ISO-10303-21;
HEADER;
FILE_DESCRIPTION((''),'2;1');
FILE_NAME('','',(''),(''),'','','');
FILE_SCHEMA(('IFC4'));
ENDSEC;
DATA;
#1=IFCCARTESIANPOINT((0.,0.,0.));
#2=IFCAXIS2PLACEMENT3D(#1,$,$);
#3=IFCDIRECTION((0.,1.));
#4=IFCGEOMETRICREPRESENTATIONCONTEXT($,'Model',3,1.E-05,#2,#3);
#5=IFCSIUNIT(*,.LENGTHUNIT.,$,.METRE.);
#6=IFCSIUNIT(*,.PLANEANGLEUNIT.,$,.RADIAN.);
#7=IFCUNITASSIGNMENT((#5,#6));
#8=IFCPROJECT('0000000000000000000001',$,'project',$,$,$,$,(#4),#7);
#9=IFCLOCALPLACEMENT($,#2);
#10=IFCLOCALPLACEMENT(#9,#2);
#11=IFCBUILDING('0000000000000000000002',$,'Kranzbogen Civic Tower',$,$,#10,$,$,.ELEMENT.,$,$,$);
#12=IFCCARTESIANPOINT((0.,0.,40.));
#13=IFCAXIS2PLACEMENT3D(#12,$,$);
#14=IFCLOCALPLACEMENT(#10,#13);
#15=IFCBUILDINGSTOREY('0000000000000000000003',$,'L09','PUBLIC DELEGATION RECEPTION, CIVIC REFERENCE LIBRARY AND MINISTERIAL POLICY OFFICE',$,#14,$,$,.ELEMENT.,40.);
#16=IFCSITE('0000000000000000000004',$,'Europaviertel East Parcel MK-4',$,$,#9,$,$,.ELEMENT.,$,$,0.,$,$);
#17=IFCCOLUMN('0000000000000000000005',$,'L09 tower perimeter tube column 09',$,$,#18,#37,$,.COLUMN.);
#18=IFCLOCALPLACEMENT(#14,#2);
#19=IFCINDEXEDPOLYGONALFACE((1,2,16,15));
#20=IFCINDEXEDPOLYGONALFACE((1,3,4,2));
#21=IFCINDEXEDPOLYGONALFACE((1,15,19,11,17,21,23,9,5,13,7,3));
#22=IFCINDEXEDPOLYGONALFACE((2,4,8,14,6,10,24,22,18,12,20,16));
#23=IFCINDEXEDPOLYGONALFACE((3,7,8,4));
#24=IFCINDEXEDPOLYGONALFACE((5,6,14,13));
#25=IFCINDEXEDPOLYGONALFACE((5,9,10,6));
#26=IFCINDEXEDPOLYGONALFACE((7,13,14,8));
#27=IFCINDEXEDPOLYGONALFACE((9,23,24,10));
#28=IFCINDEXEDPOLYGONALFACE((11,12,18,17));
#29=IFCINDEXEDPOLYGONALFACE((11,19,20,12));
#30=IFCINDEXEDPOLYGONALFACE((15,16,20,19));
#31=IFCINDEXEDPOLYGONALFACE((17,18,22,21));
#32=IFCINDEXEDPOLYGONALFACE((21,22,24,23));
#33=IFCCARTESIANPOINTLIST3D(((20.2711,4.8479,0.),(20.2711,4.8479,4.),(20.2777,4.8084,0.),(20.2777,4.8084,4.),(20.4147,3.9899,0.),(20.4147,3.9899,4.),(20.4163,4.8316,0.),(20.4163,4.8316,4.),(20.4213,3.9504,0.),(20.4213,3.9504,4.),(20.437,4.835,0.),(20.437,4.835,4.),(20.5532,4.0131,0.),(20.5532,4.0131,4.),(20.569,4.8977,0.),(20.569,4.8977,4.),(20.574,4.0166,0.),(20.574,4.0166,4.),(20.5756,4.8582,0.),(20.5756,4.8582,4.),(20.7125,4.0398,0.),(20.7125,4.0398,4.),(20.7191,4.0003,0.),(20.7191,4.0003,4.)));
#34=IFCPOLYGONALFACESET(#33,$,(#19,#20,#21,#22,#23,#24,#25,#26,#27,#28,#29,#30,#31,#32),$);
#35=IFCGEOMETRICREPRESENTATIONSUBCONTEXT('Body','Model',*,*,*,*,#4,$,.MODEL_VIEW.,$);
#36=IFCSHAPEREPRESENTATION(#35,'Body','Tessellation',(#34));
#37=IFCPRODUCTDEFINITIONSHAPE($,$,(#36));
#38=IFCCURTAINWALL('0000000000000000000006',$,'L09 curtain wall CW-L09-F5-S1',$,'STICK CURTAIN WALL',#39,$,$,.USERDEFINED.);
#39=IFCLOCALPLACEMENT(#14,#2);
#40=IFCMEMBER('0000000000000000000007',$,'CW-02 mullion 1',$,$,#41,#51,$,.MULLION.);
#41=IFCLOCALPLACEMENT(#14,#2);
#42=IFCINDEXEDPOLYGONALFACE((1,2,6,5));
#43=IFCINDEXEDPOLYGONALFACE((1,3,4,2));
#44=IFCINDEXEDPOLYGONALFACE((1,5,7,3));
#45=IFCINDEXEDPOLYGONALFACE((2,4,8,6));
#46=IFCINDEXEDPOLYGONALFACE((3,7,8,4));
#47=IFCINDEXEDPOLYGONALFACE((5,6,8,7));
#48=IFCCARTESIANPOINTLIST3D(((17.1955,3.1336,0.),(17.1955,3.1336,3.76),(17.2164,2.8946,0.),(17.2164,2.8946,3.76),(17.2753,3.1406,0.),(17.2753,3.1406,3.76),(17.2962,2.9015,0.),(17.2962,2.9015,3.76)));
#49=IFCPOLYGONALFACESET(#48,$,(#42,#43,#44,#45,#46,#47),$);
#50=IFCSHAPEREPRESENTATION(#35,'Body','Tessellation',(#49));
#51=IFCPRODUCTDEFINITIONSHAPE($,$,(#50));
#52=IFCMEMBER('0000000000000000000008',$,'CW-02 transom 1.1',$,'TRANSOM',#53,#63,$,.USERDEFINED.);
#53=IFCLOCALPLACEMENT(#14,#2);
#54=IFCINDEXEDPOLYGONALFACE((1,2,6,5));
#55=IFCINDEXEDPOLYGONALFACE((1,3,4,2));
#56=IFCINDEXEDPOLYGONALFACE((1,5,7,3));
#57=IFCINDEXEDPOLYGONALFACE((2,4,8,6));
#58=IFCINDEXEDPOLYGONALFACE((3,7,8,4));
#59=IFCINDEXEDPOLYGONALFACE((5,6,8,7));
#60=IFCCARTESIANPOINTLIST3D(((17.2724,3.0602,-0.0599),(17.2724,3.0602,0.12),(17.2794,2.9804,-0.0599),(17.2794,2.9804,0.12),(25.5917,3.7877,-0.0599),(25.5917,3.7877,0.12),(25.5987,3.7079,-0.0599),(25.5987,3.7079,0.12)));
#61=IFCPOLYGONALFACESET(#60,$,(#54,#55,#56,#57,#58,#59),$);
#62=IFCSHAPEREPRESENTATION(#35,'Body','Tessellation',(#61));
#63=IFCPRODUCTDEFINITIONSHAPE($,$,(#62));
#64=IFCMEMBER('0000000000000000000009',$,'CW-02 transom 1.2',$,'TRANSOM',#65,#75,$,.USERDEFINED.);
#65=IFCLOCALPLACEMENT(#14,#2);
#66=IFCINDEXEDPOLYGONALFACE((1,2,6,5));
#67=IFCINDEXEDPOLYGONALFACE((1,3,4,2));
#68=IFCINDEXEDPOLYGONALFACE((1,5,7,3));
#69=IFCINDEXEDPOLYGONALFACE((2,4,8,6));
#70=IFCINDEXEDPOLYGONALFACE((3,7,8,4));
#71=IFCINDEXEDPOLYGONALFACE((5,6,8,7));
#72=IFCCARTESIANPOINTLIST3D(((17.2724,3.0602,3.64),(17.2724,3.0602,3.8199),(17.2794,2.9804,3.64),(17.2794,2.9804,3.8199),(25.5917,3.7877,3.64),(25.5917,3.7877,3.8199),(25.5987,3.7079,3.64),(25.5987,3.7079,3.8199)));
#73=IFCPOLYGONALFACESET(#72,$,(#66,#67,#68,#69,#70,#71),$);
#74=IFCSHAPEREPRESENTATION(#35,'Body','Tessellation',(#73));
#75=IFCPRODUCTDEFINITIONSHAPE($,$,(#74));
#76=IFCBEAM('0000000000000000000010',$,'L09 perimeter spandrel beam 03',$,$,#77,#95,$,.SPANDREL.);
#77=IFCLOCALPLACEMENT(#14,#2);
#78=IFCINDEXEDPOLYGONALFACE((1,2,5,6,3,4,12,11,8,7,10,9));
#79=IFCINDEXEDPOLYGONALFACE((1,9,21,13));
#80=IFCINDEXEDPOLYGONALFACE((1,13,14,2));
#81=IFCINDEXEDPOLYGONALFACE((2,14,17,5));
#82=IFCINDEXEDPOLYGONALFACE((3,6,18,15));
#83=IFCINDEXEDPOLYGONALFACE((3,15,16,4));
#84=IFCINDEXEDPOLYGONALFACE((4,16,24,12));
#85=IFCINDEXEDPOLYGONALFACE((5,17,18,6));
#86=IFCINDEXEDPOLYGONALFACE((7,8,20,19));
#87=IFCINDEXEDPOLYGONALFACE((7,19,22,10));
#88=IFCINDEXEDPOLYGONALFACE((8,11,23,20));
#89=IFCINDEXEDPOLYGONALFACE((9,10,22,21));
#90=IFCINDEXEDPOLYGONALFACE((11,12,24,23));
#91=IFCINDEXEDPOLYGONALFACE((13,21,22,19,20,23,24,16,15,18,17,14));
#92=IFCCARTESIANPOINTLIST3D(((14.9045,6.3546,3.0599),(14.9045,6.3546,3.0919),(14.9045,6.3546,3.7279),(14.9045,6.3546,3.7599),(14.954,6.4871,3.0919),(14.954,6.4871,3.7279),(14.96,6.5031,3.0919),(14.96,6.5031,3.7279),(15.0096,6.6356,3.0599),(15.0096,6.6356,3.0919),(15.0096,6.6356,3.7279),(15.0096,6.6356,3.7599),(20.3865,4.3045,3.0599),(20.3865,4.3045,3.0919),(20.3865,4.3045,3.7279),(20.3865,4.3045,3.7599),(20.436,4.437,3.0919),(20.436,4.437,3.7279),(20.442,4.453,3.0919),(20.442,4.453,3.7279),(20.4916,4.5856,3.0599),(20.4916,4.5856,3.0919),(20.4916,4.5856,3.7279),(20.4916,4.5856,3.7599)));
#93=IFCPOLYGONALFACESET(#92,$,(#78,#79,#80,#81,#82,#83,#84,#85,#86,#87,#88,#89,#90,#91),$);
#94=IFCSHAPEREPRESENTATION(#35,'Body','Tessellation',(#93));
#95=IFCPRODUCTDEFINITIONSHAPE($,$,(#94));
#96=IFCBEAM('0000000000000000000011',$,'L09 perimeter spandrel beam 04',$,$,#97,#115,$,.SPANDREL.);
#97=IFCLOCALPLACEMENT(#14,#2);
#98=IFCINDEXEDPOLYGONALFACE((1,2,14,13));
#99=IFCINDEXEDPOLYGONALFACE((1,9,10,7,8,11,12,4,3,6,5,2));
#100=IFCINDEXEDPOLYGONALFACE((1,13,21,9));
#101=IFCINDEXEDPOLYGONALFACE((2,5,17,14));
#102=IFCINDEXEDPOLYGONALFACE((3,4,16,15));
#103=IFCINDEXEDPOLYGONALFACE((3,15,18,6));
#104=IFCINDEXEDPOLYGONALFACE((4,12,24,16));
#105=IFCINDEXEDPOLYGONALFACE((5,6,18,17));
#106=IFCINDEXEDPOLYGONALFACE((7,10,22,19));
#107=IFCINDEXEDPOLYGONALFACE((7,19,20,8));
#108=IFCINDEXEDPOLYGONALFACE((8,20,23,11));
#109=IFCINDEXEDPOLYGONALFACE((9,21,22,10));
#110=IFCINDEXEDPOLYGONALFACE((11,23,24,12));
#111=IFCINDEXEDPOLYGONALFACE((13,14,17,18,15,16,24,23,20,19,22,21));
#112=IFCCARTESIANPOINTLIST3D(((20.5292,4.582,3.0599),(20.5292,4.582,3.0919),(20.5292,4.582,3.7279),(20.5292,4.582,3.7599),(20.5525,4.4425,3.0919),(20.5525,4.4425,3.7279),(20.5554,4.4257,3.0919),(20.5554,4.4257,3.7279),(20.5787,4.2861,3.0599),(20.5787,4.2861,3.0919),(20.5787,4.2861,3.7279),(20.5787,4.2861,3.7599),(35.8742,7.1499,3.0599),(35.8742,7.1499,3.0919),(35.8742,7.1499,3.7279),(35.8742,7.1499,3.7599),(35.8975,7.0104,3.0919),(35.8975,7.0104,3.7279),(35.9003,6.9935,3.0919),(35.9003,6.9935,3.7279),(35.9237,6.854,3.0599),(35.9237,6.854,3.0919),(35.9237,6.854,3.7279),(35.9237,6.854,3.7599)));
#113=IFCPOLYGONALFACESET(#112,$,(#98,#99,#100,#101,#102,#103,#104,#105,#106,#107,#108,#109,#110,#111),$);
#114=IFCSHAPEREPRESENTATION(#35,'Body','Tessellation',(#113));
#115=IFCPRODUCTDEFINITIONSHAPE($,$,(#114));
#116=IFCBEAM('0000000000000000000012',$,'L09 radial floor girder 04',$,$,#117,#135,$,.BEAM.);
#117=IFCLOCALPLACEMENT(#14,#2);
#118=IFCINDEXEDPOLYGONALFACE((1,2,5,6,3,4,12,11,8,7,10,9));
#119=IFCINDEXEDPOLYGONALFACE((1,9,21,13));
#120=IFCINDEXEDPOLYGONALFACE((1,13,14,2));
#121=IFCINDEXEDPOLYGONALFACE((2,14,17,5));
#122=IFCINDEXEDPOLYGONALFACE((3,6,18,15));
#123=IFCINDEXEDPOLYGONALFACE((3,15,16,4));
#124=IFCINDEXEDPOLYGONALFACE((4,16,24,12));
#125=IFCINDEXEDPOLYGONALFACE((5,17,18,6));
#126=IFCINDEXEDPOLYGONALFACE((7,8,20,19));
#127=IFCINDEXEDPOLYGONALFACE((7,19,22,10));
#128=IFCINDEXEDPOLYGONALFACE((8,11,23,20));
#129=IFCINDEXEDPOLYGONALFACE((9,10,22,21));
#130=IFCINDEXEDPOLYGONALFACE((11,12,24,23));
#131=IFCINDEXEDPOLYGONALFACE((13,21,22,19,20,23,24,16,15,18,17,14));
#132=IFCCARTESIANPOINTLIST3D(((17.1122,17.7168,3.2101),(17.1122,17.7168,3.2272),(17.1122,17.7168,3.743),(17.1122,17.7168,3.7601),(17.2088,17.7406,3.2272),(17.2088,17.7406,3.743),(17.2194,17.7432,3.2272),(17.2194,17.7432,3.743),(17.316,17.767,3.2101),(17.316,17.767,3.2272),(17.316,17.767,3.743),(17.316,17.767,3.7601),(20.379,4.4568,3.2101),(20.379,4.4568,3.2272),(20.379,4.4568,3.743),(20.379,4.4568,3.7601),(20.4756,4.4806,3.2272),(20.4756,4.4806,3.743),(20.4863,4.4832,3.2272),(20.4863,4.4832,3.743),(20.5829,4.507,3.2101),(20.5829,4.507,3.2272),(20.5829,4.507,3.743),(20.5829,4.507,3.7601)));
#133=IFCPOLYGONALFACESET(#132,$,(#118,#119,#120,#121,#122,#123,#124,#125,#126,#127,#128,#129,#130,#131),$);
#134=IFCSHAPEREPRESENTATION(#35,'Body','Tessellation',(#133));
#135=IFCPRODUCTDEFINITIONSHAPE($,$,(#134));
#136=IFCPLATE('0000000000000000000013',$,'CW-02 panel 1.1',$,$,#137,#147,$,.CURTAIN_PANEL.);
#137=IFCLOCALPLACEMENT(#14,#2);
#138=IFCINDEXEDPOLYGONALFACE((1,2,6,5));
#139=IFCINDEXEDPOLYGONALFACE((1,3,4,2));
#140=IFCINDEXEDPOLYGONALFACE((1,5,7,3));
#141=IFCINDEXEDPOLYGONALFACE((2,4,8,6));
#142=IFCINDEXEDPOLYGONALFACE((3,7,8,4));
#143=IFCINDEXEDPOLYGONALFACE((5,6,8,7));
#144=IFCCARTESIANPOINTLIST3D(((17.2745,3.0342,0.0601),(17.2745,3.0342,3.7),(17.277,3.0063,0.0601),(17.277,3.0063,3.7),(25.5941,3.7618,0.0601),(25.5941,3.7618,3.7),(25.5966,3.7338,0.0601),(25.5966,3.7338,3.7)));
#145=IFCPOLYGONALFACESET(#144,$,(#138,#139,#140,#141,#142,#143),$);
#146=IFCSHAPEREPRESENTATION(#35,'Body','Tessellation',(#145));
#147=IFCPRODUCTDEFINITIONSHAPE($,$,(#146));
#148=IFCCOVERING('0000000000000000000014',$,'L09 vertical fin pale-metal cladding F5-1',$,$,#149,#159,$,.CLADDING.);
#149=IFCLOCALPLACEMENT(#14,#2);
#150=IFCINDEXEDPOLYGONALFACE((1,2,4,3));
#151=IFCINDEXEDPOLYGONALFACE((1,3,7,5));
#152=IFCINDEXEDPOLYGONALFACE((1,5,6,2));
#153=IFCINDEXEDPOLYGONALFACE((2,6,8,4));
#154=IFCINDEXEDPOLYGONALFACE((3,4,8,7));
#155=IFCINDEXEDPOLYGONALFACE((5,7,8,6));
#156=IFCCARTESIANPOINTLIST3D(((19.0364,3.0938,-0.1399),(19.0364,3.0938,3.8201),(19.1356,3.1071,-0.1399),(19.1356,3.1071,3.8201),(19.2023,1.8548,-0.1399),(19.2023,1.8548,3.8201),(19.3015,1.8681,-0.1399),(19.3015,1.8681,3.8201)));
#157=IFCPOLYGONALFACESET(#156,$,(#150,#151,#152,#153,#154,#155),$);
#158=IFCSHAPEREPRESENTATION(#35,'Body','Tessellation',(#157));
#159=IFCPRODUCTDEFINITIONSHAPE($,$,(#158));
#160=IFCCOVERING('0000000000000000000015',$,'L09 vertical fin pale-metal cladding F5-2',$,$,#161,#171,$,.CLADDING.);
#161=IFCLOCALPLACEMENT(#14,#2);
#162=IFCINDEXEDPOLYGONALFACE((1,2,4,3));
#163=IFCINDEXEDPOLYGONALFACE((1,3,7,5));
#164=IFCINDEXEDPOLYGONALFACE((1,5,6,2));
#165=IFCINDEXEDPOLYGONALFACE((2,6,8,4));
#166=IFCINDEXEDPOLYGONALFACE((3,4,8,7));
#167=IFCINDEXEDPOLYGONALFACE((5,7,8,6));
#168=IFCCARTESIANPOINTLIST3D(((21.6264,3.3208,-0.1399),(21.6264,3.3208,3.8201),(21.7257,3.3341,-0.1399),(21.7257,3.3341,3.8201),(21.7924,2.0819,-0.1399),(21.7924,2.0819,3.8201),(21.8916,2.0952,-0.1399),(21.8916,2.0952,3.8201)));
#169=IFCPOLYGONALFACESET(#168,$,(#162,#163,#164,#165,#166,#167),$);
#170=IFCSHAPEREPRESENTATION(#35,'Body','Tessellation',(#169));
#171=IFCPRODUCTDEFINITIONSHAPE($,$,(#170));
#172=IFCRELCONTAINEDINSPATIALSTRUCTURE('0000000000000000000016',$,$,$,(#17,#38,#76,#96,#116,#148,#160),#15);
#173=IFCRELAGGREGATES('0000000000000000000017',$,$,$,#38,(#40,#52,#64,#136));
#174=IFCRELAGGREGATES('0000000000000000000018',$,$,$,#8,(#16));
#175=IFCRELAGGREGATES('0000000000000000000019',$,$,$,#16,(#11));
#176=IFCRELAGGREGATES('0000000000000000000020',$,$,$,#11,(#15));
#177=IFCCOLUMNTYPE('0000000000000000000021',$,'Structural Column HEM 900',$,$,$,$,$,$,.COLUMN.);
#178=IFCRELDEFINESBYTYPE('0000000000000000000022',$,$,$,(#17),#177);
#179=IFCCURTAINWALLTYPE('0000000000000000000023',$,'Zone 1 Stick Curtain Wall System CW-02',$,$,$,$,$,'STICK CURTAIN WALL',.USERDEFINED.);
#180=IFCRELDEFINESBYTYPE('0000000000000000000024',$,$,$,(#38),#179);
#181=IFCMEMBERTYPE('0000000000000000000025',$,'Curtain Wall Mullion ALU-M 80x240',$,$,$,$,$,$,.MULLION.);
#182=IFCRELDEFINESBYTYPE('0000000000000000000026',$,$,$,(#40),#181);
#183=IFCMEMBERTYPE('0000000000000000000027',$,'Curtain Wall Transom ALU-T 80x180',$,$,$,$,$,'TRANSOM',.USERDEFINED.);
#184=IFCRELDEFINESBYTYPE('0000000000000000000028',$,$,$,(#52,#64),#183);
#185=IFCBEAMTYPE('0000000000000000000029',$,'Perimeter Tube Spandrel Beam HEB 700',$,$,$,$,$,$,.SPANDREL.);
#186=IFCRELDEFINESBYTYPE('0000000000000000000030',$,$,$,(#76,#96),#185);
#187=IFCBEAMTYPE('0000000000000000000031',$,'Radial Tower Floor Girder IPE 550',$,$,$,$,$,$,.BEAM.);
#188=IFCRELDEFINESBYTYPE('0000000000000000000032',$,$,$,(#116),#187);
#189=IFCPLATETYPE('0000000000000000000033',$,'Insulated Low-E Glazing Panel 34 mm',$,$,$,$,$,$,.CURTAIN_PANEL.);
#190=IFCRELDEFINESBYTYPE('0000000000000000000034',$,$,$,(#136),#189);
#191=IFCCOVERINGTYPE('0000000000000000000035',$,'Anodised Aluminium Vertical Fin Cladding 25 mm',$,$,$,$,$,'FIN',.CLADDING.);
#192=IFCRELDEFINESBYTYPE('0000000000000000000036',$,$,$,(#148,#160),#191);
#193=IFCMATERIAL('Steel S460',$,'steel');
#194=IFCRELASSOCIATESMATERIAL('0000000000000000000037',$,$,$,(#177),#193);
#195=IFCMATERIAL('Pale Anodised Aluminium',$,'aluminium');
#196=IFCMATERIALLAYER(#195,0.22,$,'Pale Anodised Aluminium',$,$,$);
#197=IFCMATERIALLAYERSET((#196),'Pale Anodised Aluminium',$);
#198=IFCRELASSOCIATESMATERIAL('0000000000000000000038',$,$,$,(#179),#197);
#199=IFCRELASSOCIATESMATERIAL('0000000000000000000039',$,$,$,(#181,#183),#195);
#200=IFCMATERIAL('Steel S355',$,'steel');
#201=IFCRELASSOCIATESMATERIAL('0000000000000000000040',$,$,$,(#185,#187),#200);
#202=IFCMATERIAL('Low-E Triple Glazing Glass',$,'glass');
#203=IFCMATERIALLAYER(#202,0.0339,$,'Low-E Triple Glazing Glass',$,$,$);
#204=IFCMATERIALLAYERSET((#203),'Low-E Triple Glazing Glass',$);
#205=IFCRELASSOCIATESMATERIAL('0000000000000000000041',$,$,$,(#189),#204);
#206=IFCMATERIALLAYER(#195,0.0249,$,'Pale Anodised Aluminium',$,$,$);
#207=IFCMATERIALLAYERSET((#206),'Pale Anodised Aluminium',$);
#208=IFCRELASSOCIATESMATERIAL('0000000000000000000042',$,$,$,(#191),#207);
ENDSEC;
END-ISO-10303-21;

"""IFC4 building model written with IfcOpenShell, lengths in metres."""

from ifc_helpers import new_model, si_unit, direction, frame, origin, origin_2d, place, context, subcontext, project, spatial, rectangle, i_section, extrude, material, layer, layer_set, material_profile, profile_set, type_object, element, aggregate, save


model = new_model("IFC4")

# Units and contexts
model_context = context("Model", 3, precision=1e-05, world=origin(), true_north=direction((0.0, 1.0)))
body_context = subcontext(model_context, "Body", "Model", "MODEL_VIEW")
ifc_project = project(units=[si_unit("LENGTHUNIT", "METRE"), si_unit("PLANEANGLEUNIT", "RADIAN")], contexts=[model_context])

# Site, building, storey
site_placement = place(None, origin())
site = spatial("IfcSite", under=ifc_project, at=site_placement, Name="Europaviertel East Parcel MK-4", CompositionType="ELEMENT", RefElevation=0.0)
building_placement = place(site_placement, origin())
building = spatial("IfcBuilding", under=site, at=building_placement, Name="Kranzbogen Civic Tower", CompositionType="ELEMENT")
storey_placement = place(building_placement, frame((0.0, 0.0, 40.0)))
storey = spatial("IfcBuildingStorey", under=building, at=storey_placement, Name="L09", Description="PUBLIC DELEGATION RECEPTION, CIVIC REFERENCE LIBRARY AND MINISTERIAL POLICY OFFICE", CompositionType="ELEMENT", Elevation=40.0)

# Column
ifc_material_1 = material(Name="Steel S460", Category="steel")
ifc_material_profile_1 = material_profile(ifc_material_1, i_section(OverallWidth=0.302, OverallDepth=0.9099, WebThickness=0.021, FlangeThickness=0.04, at=origin_2d()), Name="HEM 900")
ifc_profile_set_1 = profile_set([ifc_material_profile_1], Name="Steel S460")
column_type = type_object("IfcColumnType", Name="Structural Column HEM 900", PredefinedType="COLUMN", material=ifc_profile_set_1)
column_placement = place(storey_placement, frame((20.4951, 4.4241, 0.0), z_axis=(0.0, 0.0, 1.0), x_axis=(0.986286, 0.165048, 0.0)))
element("IfcColumn", 1, at=column_placement, inside=storey, type_object=column_type, Name="L09 tower perimeter tube column 09", PredefinedType="COLUMN", context=body_context, shape_type="SweptSolid", body=[
    extrude(i_section(OverallWidth=0.302, OverallDepth=0.9099, WebThickness=0.021, FlangeThickness=0.04, at=origin_2d()), origin(), (0.0, 0.0, 1.0), 4.0),
])

# Curtain wall, members
ifc_material_2 = material(Name="Pale Anodised Aluminium", Category="aluminium")
ifc_layer_1 = layer(ifc_material_2, 0.22, Name="Pale Anodised Aluminium")
ifc_layer_set_1 = layer_set([ifc_layer_1], Name="Pale Anodised Aluminium")
curtain_wall_type = type_object("IfcCurtainWallType", Name="Zone 1 Stick Curtain Wall System CW-02", ElementType="STICK CURTAIN WALL", PredefinedType="USERDEFINED", material=ifc_layer_set_1)
curtain_wall_placement = place(storey_placement, origin())
curtain_wall = element("IfcCurtainWall", 2, at=curtain_wall_placement, inside=storey, type_object=curtain_wall_type, Name="L09 curtain wall CW-L09-F5-S1", ObjectType="STICK CURTAIN WALL", PredefinedType="USERDEFINED")
ifc_material_profile_2 = material_profile(ifc_material_2, rectangle(XDim=0.0801, YDim=0.24, at=origin_2d()), Name="ALU-M 80x240")
ifc_profile_set_2 = profile_set([ifc_material_profile_2], Name="Pale Anodised Aluminium")
member_type_1 = type_object("IfcMemberType", Name="Curtain Wall Mullion ALU-M 80x240", PredefinedType="MULLION", material=ifc_profile_set_2)
member_1_placement = place(storey_placement, frame((17.2458, 3.0176, 0.0), z_axis=(0.0, 0.0, 1.0), x_axis=(0.996198, 0.087119, 0.0)))
member_1 = element("IfcMember", 3, at=member_1_placement, type_object=member_type_1, Name="CW-02 mullion 1", PredefinedType="MULLION", context=body_context, shape_type="SweptSolid", body=[
    extrude(rectangle(XDim=0.0801, YDim=0.24, at=origin_2d()), origin(), (0.0, 0.0, 1.0), 3.76),
])
ifc_material_profile_3 = material_profile(ifc_material_2, rectangle(XDim=0.0801, YDim=0.1799, at=origin_2d()), Name="ALU-T 80x180")
ifc_profile_set_3 = profile_set([ifc_material_profile_3], Name="Pale Anodised Aluminium")
member_type_2 = type_object("IfcMemberType", Name="Curtain Wall Transom ALU-T 80x180", ElementType="TRANSOM", PredefinedType="USERDEFINED", material=ifc_profile_set_3)
member_2_placement = place(storey_placement, frame((17.2759, 3.0203, 0.03), z_axis=(0.996198, 0.087119, 0.0), x_axis=(-0.087119, 0.996198, 0.0)))
member_2 = element("IfcMember", 4, at=member_2_placement, type_object=member_type_2, Name="CW-02 transom 1.1", ObjectType="TRANSOM", PredefinedType="USERDEFINED", context=body_context, shape_type="SweptSolid", body=[
    extrude(rectangle(XDim=0.0801, YDim=0.1799, at=origin_2d()), origin(), (0.0, 0.0, 1.0), 8.3511),
])
member_3_placement = place(storey_placement, frame((17.2759, 3.0203, 3.73), z_axis=(0.996198, 0.087119, 0.0), x_axis=(-0.087119, 0.996198, 0.0)))
member_3 = element("IfcMember", 5, at=member_3_placement, type_object=member_type_2, Name="CW-02 transom 1.2", ObjectType="TRANSOM", PredefinedType="USERDEFINED", context=body_context, shape_type="SweptSolid", body=[
    extrude(rectangle(XDim=0.0801, YDim=0.1799, at=origin_2d()), origin(), (0.0, 0.0, 1.0), 8.3511),
])

# Beams
ifc_material_3 = material(Name="Steel S355", Category="steel")
ifc_material_profile_4 = material_profile(ifc_material_3, i_section(OverallWidth=0.3, OverallDepth=0.7, WebThickness=0.0171, FlangeThickness=0.032, at=origin_2d()), Name="HEB 700")
ifc_profile_set_4 = profile_set([ifc_material_profile_4], Name="Steel S355")
beam_type_1 = type_object("IfcBeamType", Name="Perimeter Tube Spandrel Beam HEB 700", PredefinedType="SPANDREL", material=ifc_profile_set_4)
beam_1_placement = place(storey_placement, frame((14.957, 6.4951, 3.4099), z_axis=(0.936648, -0.350273, 0.0), x_axis=(0.350273, 0.936648, 0.0)))
element("IfcBeam", 6, at=beam_1_placement, inside=storey, type_object=beam_type_1, Name="L09 perimeter spandrel beam 03", PredefinedType="SPANDREL", context=body_context, shape_type="SweptSolid", body=[
    extrude(i_section(OverallWidth=0.3, OverallDepth=0.7, WebThickness=0.0171, FlangeThickness=0.032, at=origin_2d()), origin(), (0.0, 0.0, 1.0), 5.8528),
])
beam_2_placement = place(storey_placement, frame((20.554, 4.4341, 3.4099), z_axis=(0.986286, 0.165048, 0.0), x_axis=(-0.165048, 0.986286, 0.0)))
element("IfcBeam", 7, at=beam_2_placement, inside=storey, type_object=beam_type_1, Name="L09 perimeter spandrel beam 04", PredefinedType="SPANDREL", context=body_context, shape_type="SweptSolid", body=[
    extrude(i_section(OverallWidth=0.3, OverallDepth=0.7, WebThickness=0.0171, FlangeThickness=0.032, at=origin_2d()), origin(), (0.0, 0.0, 1.0), 15.5583),
])
ifc_material_profile_5 = material_profile(ifc_material_3, i_section(OverallWidth=0.21, OverallDepth=0.55, WebThickness=0.011, FlangeThickness=0.0171, at=origin_2d()), Name="IPE 550")
ifc_profile_set_5 = profile_set([ifc_material_profile_5], Name="Steel S355")
beam_type_2 = type_object("IfcBeamType", Name="Radial Tower Floor Girder IPE 550", PredefinedType="BEAM", material=ifc_profile_set_5)
beam_3_placement = place(storey_placement, frame((20.481, 4.4819, 3.4851), z_axis=(-0.239215, 0.970967, 0.0), x_axis=(-0.970967, -0.239215, 0.0)))
element("IfcBeam", 8, at=beam_3_placement, inside=storey, type_object=beam_type_2, Name="L09 radial floor girder 04", PredefinedType="BEAM", context=body_context, shape_type="SweptSolid", body=[
    extrude(i_section(OverallWidth=0.21, OverallDepth=0.55, WebThickness=0.011, FlangeThickness=0.0171, at=origin_2d()), origin(), (0.0, 0.0, 1.0), 13.6565),
])

# Plate
ifc_material_4 = material(Name="Low-E Triple Glazing Glass", Category="glass")
ifc_layer_2 = layer(ifc_material_4, 0.0339, Name="Low-E Triple Glazing Glass")
ifc_layer_set_2 = layer_set([ifc_layer_2], Name="Low-E Triple Glazing Glass")
plate_type = type_object("IfcPlateType", Name="Insulated Low-E Glazing Panel 34 mm", PredefinedType="CURTAIN_PANEL", material=ifc_layer_set_2)
plate_placement = place(storey_placement, frame((21.4355, 3.384, 0.0601), z_axis=(0.0, 0.0, 1.0), x_axis=(0.996198, 0.087119, 0.0)))
plate = element("IfcPlate", 9, at=plate_placement, type_object=plate_type, Name="CW-02 panel 1.1", PredefinedType="CURTAIN_PANEL", context=body_context, shape_type="SweptSolid", body=[
    extrude(rectangle(XDim=8.3513, YDim=0.0281, at=origin_2d()), origin(), (0.0, 0.0, 1.0), 3.6399),
])
aggregate(curtain_wall, [member_1, member_2, member_3, plate])

# Coverings
ifc_layer_3 = layer(ifc_material_2, 0.0249, Name="Pale Anodised Aluminium")
ifc_layer_set_3 = layer_set([ifc_layer_3], Name="Pale Anodised Aluminium")
covering_type = type_object("IfcCoveringType", Name="Anodised Aluminium Vertical Fin Cladding 25 mm", ElementType="FIN", PredefinedType="CLADDING", material=ifc_layer_set_3)
for number, where, z_axis, x_axis, name in (
    (10, (19.1689, 2.481, -0.1399), (0.0, 0.0, 1.0), (0.132775, -0.991146, 0.0), "L09 vertical fin pale-metal cladding F5-1"),
    (11, (21.759, 2.708, -0.1399), (0.0, 0.0, 1.0), (0.132775, -0.991146, 0.0), "L09 vertical fin pale-metal cladding F5-2"),
):
    element("IfcCovering", number, at=place(storey_placement, frame(where, z_axis=z_axis, x_axis=x_axis)), inside=storey, type_object=covering_type, Name=name, PredefinedType="CLADDING", context=body_context, shape_type="SweptSolid", body=[
        extrude(rectangle(XDim=1.25, YDim=0.1001, at=origin_2d()), origin(), (0.0, 0.0, 1.0), 3.96),
    ])

save(model, "model.ifc")
